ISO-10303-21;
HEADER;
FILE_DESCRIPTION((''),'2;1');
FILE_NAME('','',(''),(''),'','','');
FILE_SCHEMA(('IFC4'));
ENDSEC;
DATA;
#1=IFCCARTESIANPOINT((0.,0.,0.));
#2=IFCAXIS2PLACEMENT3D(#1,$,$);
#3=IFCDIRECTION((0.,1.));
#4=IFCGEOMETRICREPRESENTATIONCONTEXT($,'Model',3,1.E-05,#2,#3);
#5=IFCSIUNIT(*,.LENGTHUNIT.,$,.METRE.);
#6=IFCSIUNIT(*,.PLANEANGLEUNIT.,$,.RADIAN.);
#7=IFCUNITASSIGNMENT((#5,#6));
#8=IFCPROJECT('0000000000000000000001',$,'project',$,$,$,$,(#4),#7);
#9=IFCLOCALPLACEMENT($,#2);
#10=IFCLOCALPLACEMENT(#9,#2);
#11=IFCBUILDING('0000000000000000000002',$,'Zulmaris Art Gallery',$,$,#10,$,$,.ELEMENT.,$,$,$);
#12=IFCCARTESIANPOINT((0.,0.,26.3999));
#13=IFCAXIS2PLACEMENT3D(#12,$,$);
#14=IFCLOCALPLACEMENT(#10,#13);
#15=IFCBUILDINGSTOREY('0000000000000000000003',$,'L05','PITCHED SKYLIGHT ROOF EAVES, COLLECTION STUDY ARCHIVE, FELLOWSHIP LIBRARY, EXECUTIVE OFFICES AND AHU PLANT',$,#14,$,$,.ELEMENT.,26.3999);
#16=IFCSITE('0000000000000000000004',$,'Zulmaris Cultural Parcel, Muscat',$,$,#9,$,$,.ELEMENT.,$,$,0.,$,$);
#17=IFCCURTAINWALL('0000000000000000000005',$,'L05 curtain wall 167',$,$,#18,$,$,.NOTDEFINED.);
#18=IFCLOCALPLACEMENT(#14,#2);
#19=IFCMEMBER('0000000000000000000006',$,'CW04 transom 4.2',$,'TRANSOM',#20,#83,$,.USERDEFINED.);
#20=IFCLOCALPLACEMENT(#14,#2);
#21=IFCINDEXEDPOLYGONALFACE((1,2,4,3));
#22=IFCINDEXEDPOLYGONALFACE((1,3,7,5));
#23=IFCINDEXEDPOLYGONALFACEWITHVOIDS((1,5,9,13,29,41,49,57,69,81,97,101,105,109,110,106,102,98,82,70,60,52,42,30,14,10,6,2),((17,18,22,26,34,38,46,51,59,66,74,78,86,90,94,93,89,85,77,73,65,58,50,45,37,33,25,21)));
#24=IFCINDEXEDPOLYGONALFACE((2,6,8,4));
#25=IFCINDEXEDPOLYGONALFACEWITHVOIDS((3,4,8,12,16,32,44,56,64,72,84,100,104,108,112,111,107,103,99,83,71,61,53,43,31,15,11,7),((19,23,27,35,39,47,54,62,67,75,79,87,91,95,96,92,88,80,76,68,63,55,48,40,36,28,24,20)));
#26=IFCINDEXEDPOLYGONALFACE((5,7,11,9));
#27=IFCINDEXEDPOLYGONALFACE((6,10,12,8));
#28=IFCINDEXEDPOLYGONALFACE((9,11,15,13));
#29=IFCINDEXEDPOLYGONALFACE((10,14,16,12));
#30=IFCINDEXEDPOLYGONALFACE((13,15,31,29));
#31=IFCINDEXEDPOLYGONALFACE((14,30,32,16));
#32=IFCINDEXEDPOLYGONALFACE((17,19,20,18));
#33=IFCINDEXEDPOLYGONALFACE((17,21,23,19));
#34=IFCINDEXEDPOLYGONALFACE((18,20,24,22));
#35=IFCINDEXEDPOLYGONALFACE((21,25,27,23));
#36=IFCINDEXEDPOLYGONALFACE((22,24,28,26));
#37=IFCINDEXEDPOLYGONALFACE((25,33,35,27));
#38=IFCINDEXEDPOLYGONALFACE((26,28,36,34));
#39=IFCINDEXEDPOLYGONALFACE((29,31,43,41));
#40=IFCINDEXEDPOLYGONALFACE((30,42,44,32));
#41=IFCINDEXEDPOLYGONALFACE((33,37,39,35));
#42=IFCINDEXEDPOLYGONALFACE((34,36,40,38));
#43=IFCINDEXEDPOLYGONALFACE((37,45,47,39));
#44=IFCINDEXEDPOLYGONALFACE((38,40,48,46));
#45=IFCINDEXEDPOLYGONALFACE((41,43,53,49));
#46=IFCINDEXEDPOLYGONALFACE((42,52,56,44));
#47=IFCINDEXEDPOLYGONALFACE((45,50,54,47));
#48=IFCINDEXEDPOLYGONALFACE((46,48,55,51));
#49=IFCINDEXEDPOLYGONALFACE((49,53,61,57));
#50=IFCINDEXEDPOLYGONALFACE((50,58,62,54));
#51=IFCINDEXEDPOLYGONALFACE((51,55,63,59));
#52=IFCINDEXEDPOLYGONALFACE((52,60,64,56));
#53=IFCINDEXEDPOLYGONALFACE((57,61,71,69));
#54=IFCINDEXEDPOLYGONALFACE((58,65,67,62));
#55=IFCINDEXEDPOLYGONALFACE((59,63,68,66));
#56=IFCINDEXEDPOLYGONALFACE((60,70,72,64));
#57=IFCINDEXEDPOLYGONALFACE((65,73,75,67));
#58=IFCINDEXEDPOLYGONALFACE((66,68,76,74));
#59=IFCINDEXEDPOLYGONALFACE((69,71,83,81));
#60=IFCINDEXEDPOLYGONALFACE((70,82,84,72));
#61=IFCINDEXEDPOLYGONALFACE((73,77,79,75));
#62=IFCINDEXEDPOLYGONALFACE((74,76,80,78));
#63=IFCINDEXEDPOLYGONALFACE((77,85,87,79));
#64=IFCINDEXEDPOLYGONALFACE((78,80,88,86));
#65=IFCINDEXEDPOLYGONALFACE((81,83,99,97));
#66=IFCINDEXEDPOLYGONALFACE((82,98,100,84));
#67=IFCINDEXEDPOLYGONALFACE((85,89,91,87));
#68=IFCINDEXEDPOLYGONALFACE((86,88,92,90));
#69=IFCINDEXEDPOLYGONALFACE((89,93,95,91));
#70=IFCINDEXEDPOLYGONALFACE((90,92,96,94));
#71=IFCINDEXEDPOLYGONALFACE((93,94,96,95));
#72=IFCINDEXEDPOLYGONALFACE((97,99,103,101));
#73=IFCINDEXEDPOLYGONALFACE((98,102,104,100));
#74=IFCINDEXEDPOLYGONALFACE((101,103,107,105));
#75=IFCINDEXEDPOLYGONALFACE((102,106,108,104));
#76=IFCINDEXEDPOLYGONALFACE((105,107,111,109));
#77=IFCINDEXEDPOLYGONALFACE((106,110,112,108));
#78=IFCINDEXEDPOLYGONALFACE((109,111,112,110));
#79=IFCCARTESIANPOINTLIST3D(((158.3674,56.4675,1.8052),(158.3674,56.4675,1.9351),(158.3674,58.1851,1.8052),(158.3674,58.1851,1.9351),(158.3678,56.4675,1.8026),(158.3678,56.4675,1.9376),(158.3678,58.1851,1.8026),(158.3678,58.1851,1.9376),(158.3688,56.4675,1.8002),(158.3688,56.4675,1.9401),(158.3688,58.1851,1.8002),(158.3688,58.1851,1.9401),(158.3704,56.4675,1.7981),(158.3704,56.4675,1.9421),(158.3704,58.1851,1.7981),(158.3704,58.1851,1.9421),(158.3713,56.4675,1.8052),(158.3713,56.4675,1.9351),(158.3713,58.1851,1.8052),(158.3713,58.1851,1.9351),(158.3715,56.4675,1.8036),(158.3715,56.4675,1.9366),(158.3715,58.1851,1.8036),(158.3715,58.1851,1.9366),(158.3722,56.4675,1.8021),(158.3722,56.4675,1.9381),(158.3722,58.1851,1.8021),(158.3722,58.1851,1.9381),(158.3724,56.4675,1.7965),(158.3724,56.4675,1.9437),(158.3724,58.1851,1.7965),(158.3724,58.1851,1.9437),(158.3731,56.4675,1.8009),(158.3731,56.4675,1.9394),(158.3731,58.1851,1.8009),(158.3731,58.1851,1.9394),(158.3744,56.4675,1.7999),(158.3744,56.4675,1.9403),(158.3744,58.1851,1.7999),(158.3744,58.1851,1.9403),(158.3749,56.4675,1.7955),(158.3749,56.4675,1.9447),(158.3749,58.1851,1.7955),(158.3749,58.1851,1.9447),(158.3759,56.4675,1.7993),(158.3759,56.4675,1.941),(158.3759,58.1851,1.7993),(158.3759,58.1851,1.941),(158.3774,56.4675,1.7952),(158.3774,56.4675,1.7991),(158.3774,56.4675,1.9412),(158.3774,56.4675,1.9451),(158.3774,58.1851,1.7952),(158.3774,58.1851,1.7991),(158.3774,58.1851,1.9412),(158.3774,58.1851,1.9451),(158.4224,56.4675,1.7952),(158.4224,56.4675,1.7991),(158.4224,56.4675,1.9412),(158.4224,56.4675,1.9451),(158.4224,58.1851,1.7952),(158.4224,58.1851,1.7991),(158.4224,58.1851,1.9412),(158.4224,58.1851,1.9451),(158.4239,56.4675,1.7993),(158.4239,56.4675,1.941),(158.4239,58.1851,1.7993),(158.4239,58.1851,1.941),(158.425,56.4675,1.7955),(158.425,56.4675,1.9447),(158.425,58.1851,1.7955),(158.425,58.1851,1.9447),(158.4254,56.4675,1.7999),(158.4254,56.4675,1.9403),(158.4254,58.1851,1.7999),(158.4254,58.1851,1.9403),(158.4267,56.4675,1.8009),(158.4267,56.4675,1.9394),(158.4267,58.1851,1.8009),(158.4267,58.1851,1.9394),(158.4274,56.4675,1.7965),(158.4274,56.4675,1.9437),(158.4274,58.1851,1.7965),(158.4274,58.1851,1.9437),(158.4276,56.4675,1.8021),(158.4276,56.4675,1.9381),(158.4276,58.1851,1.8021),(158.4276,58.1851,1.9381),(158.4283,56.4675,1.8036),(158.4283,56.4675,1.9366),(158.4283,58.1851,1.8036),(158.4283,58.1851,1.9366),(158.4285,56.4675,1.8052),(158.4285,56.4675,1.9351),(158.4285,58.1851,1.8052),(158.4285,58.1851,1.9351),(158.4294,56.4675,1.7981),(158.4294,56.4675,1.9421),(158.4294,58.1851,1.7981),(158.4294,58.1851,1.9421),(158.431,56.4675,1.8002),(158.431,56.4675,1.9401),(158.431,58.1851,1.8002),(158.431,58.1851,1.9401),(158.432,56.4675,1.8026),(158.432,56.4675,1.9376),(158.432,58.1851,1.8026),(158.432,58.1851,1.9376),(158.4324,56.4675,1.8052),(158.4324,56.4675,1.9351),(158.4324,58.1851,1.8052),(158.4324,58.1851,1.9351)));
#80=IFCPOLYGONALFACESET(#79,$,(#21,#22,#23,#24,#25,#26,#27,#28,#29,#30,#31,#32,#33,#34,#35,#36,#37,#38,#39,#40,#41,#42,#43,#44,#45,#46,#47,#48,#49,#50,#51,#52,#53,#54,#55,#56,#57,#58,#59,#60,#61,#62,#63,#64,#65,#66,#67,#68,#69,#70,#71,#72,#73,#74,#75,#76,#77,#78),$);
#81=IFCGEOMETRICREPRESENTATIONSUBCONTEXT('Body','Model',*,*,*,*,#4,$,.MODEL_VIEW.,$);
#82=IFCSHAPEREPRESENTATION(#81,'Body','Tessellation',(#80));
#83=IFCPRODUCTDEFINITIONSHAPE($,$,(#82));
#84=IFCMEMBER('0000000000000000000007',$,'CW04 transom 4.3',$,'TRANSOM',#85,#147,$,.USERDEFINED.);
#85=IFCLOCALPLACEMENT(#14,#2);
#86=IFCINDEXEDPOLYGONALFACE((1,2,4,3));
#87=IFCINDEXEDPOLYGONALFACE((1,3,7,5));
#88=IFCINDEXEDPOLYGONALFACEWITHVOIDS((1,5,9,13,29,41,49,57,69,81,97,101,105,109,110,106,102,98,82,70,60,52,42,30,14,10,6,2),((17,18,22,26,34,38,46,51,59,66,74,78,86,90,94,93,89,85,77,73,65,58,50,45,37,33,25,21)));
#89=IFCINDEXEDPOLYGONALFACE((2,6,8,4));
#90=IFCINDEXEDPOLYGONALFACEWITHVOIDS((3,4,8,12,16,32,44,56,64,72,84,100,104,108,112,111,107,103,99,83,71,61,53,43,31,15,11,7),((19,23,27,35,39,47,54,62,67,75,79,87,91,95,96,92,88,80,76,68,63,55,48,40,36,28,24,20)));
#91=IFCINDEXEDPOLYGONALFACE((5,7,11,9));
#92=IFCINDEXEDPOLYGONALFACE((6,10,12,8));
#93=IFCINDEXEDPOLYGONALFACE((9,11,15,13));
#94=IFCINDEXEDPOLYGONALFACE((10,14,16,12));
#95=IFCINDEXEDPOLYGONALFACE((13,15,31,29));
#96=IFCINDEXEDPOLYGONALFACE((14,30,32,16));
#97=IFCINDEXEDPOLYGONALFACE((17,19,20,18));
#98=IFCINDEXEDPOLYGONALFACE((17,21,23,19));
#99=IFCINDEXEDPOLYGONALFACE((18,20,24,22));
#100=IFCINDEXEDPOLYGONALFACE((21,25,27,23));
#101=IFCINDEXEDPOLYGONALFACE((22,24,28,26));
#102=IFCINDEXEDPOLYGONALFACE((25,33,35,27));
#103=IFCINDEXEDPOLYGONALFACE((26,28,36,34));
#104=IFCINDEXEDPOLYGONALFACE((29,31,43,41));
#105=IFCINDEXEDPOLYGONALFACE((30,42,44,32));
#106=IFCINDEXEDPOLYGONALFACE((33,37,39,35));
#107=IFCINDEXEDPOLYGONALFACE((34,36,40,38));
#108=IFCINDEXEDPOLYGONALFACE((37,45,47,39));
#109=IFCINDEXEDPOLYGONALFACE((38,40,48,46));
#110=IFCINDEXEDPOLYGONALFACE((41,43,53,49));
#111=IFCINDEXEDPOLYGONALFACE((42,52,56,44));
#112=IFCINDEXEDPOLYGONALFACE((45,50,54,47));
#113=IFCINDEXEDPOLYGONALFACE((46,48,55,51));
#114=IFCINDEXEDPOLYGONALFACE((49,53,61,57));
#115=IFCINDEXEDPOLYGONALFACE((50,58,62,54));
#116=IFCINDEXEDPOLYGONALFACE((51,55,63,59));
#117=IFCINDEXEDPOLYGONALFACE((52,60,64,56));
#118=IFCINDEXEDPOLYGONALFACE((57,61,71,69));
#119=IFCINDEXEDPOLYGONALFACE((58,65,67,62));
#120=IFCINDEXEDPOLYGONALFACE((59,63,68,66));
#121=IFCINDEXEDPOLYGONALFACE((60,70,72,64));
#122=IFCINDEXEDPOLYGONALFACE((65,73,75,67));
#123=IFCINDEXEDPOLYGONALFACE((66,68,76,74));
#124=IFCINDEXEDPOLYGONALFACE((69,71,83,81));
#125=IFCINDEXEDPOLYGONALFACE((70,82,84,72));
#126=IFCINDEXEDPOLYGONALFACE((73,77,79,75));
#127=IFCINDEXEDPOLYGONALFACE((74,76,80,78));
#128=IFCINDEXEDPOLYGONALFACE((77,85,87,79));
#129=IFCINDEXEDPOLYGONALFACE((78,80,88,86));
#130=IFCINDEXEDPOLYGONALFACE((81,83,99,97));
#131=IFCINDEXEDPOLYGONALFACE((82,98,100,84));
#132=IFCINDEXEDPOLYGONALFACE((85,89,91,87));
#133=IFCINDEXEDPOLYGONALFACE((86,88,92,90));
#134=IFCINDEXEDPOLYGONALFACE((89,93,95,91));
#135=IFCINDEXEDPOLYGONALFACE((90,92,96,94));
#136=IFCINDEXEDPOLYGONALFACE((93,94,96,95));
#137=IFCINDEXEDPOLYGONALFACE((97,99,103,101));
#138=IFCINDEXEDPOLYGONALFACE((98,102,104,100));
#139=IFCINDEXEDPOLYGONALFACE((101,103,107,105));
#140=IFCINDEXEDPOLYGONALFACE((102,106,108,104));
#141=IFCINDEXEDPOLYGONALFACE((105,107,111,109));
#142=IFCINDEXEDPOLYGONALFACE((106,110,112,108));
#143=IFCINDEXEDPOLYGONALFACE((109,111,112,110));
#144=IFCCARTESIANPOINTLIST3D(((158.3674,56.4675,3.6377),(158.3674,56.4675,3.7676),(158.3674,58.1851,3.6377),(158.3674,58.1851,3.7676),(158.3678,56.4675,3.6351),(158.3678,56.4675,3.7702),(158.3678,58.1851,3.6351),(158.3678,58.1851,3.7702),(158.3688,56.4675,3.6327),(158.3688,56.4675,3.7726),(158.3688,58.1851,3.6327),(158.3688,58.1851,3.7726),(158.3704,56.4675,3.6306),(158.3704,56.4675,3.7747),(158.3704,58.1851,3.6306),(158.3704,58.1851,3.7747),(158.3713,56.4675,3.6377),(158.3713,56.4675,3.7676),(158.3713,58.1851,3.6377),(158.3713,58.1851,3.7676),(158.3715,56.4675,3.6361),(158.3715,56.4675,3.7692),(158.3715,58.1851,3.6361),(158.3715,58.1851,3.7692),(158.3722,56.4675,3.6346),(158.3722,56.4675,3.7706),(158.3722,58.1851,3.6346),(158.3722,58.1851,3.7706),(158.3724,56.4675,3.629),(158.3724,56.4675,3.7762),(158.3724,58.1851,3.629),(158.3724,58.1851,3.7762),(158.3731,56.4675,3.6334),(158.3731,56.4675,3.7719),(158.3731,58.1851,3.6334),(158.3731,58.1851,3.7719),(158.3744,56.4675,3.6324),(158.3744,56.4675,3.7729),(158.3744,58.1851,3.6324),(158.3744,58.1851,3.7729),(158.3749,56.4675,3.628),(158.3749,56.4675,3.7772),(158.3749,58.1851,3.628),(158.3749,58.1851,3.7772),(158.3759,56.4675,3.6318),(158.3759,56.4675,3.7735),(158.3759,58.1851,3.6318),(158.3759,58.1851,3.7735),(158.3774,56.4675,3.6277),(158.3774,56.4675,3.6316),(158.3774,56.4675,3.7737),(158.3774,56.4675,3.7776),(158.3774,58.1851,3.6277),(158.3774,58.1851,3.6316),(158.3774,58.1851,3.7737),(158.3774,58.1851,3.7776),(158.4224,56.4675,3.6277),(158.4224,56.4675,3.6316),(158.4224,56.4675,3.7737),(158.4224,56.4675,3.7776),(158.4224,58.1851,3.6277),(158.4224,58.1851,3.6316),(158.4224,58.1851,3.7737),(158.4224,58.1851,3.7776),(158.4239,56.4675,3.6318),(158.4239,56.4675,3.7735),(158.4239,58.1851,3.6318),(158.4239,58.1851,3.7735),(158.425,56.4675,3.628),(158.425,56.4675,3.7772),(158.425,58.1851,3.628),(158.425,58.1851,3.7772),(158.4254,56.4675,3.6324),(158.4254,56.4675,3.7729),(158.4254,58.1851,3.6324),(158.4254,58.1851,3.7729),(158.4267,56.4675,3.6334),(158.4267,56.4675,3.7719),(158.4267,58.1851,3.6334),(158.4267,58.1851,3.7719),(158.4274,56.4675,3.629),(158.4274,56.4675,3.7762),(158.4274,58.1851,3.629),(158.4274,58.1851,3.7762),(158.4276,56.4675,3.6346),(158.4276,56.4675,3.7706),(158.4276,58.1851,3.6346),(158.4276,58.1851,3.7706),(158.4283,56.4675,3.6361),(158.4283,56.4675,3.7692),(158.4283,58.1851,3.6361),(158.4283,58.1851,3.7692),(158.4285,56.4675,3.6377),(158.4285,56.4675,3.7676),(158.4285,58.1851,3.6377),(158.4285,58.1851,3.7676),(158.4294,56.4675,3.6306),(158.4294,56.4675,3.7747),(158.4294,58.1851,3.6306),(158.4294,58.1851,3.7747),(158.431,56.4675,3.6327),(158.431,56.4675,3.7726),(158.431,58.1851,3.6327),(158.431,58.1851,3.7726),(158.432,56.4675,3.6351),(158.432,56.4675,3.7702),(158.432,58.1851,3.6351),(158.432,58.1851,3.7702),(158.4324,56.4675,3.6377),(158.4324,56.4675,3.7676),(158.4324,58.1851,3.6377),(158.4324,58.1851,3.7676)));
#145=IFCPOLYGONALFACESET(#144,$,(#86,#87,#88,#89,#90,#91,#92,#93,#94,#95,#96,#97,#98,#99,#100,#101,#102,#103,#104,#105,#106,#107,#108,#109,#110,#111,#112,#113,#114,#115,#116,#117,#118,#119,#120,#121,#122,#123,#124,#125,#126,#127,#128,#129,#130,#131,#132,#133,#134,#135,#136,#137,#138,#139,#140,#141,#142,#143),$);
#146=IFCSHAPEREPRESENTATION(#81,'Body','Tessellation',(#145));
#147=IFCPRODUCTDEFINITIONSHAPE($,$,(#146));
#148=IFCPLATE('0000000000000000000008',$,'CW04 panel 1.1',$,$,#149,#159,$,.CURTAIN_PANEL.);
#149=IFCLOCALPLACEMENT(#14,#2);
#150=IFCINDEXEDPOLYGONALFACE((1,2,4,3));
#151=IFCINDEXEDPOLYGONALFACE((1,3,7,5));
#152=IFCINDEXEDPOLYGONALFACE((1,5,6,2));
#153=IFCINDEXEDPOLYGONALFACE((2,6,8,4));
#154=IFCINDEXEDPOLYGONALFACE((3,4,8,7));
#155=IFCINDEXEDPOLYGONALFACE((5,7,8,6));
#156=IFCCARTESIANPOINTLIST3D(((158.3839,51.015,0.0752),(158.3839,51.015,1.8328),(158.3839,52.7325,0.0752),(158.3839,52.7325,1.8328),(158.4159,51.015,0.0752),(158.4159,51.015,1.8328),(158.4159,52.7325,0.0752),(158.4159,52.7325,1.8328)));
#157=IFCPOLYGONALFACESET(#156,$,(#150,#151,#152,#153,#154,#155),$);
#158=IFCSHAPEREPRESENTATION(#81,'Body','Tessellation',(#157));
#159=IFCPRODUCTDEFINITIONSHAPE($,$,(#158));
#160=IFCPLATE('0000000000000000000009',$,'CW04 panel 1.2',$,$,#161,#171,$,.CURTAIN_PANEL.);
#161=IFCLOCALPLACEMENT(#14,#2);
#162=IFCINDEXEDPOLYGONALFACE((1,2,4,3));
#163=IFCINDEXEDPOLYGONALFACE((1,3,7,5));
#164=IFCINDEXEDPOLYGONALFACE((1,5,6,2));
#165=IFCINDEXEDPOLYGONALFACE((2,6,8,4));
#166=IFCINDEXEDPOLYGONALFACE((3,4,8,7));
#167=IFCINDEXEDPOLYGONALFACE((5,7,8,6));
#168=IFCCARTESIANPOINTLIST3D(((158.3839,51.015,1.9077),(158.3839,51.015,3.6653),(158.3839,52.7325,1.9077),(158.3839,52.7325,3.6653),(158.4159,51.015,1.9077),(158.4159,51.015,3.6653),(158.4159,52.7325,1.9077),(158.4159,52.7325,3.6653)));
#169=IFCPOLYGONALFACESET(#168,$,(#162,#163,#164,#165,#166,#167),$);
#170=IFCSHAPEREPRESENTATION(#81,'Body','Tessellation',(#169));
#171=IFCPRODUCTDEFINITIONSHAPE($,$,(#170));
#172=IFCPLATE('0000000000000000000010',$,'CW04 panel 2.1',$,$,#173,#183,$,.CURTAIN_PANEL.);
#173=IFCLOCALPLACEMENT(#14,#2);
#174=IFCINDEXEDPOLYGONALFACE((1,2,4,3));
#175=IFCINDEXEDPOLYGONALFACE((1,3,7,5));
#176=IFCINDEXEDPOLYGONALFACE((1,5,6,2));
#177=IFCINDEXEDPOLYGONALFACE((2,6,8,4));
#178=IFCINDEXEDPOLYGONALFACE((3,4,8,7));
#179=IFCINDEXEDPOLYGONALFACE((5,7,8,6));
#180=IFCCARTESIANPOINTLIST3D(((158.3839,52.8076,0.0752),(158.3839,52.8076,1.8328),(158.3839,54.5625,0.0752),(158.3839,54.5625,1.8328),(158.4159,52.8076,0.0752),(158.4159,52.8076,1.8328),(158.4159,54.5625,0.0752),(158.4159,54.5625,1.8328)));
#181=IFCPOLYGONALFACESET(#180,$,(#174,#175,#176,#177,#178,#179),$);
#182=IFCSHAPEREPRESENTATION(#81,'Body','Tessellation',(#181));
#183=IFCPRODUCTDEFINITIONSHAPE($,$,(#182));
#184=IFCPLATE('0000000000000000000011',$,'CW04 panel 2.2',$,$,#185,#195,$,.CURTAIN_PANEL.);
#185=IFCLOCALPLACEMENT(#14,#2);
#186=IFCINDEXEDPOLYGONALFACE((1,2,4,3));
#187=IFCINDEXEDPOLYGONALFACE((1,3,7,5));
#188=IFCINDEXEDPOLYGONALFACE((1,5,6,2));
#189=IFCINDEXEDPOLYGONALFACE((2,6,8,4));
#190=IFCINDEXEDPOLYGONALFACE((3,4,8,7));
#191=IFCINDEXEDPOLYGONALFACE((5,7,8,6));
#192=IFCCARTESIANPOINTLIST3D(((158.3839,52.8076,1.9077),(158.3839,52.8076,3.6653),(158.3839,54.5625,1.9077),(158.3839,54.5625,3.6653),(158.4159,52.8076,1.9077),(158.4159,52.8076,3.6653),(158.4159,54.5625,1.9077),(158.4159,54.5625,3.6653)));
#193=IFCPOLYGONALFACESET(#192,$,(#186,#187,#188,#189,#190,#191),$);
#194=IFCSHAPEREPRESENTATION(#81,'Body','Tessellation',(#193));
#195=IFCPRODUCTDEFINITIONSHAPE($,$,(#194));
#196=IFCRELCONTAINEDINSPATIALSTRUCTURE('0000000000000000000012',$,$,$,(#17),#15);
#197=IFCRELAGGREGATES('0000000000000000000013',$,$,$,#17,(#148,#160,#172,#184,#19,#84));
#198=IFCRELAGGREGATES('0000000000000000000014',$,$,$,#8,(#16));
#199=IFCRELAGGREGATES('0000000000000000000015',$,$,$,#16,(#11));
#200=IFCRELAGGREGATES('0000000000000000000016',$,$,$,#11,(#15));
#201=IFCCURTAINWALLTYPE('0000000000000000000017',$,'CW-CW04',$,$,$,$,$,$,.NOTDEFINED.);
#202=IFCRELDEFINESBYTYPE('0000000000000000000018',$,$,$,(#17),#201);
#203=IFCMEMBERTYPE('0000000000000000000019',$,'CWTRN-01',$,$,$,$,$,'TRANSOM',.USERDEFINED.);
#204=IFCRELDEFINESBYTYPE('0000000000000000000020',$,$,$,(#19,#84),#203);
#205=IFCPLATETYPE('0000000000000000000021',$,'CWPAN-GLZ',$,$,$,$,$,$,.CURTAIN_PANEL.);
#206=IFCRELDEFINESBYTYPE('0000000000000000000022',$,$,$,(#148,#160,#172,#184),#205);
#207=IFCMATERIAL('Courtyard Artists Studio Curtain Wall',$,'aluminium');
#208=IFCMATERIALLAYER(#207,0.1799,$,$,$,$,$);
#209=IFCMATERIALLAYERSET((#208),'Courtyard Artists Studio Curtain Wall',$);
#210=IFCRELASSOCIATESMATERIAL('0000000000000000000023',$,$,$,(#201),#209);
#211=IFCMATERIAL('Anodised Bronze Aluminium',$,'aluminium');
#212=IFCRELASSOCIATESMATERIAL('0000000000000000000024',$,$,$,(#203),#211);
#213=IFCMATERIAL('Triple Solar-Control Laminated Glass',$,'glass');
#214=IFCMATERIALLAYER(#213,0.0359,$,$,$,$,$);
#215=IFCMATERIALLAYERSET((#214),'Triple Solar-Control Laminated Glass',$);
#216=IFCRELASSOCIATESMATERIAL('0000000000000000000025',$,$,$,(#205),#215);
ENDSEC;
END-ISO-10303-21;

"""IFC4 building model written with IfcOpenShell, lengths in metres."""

from ifc_helpers import new_model, si_unit, direction, frame, origin, origin_2d, place, context, subcontext, project, spatial, rectangle, hollow_rectangle, extrude, material, layer, layer_set, material_profile, profile_set, type_object, element, aggregate, save


model = new_model("IFC4")

# Units and contexts
model_context = context("Model", 3, precision=1e-05, world=origin(), true_north=direction((0.0, 1.0)))
body_context = subcontext(model_context, "Body", "Model", "MODEL_VIEW")
ifc_project = project(units=[si_unit("LENGTHUNIT", "METRE"), si_unit("PLANEANGLEUNIT", "RADIAN")], contexts=[model_context])

# Site, building, storey
site_placement = place(None, origin())
site = spatial("IfcSite", under=ifc_project, at=site_placement, Name="Zulmaris Cultural Parcel, Muscat", CompositionType="ELEMENT", RefElevation=0.0)
building_placement = place(site_placement, origin())
building = spatial("IfcBuilding", under=site, at=building_placement, Name="Zulmaris Art Gallery", CompositionType="ELEMENT")
storey_placement = place(building_placement, frame((0.0, 0.0, 26.3999)))
storey = spatial("IfcBuildingStorey", under=building, at=storey_placement, Name="L05", Description="PITCHED SKYLIGHT ROOF EAVES, COLLECTION STUDY ARCHIVE, FELLOWSHIP LIBRARY, EXECUTIVE OFFICES AND AHU PLANT", CompositionType="ELEMENT", Elevation=26.3999)

# Curtain wall
ifc_material_1 = material(Name="Courtyard Artists Studio Curtain Wall", Category="aluminium")
ifc_layer_1 = layer(ifc_material_1, 0.1799)
ifc_layer_set_1 = layer_set([ifc_layer_1], Name="Courtyard Artists Studio Curtain Wall")
curtain_wall_type = type_object("IfcCurtainWallType", Name="CW-CW04", PredefinedType="NOTDEFINED", material=ifc_layer_set_1)
curtain_wall_1_placement = place(storey_placement, origin())
curtain_wall_1 = element("IfcCurtainWall", 1, at=curtain_wall_1_placement, inside=storey, type_object=curtain_wall_type, Name="L05 curtain wall 167", PredefinedType="NOTDEFINED")
ifc_material_2 = material(Name="Anodised Bronze Aluminium", Category="aluminium")

# Members
ifc_material_profile_1 = material_profile(ifc_material_2, hollow_rectangle(XDim=0.0649, YDim=0.1499, WallThickness=0.0039, InnerFilletRadius=0.0061, OuterFilletRadius=0.01, at=origin_2d()), Name="ALU 65x150x4")
ifc_profile_set_1 = profile_set([ifc_material_profile_1], Name="Anodised Bronze Aluminium")
member_type_1 = type_object("IfcMemberType", Name="CWTRN-01", ElementType="TRANSOM", PredefinedType="USERDEFINED", material=ifc_profile_set_1)
member_1_placement = place(storey_placement, frame((158.3999, 56.4675, 1.8701), z_axis=(0.0, 1.0, 0.0), x_axis=(-1.0, 0.0, 0.0)))
member_1 = element("IfcMember", 2, at=member_1_placement, type_object=member_type_1, Name="CW04 transom 4.2", ObjectType="TRANSOM", PredefinedType="USERDEFINED", context=body_context, shape_type="SweptSolid", body=[
    extrude(hollow_rectangle(XDim=0.0649, YDim=0.1499, WallThickness=0.0039, InnerFilletRadius=0.0061, OuterFilletRadius=0.01, at=origin_2d()), origin(), (0.0, 0.0, 1.0), 1.7175),
])
member_2_placement = place(storey_placement, frame((158.3999, 56.4675, 3.7026), z_axis=(0.0, 1.0, 0.0), x_axis=(-1.0, 0.0, 0.0)))
member_2 = element("IfcMember", 3, at=member_2_placement, type_object=member_type_1, Name="CW04 transom 4.3", ObjectType="TRANSOM", PredefinedType="USERDEFINED", context=body_context, shape_type="SweptSolid", body=[
    extrude(hollow_rectangle(XDim=0.0649, YDim=0.1499, WallThickness=0.0039, InnerFilletRadius=0.0061, OuterFilletRadius=0.01, at=origin_2d()), origin(), (0.0, 0.0, 1.0), 1.7175),
])

# Plates
ifc_material_3 = material(Name="Triple Solar-Control Laminated Glass", Category="glass")
ifc_layer_2 = layer(ifc_material_3, 0.0359)
ifc_layer_set_2 = layer_set([ifc_layer_2], Name="Triple Solar-Control Laminated Glass")
plate_type = type_object("IfcPlateType", Name="CWPAN-GLZ", PredefinedType="CURTAIN_PANEL", material=ifc_layer_set_2)
plate_1_placement = place(storey_placement, frame((158.3999, 51.8738, 0.0752), z_axis=(0.0, 0.0, 1.0), x_axis=(0.0, 1.0, 0.0)))
plate_1 = element("IfcPlate", 4, at=plate_1_placement, type_object=plate_type, Name="CW04 panel 1.1", PredefinedType="CURTAIN_PANEL", context=body_context, shape_type="SweptSolid", body=[
    extrude(rectangle(XDim=1.7175, YDim=0.032, at=origin_2d()), origin(), (0.0, 0.0, 1.0), 1.7576),
])
plate_2_placement = place(storey_placement, frame((158.3999, 51.8738, 1.9077), z_axis=(0.0, 0.0, 1.0), x_axis=(0.0, 1.0, 0.0)))
plate_2 = element("IfcPlate", 5, at=plate_2_placement, type_object=plate_type, Name="CW04 panel 1.2", PredefinedType="CURTAIN_PANEL", context=body_context, shape_type="SweptSolid", body=[
    extrude(rectangle(XDim=1.7175, YDim=0.032, at=origin_2d()), origin(), (0.0, 0.0, 1.0), 1.7576),
])
plate_3_placement = place(storey_placement, frame((158.3999, 53.6851, 0.0752), z_axis=(0.0, 0.0, 1.0), x_axis=(0.0, 1.0, 0.0)))
plate_3 = element("IfcPlate", 6, at=plate_3_placement, type_object=plate_type, Name="CW04 panel 2.1", PredefinedType="CURTAIN_PANEL", context=body_context, shape_type="SweptSolid", body=[
    extrude(rectangle(XDim=1.7549, YDim=0.032, at=origin_2d()), origin(), (0.0, 0.0, 1.0), 1.7576),
])
plate_4_placement = place(storey_placement, frame((158.3999, 53.6851, 1.9077), z_axis=(0.0, 0.0, 1.0), x_axis=(0.0, 1.0, 0.0)))
plate_4 = element("IfcPlate", 7, at=plate_4_placement, type_object=plate_type, Name="CW04 panel 2.2", PredefinedType="CURTAIN_PANEL", context=body_context, shape_type="SweptSolid", body=[
    extrude(rectangle(XDim=1.7549, YDim=0.032, at=origin_2d()), origin(), (0.0, 0.0, 1.0), 1.7576),
])
aggregate(curtain_wall_1, [plate_1, plate_2, plate_3, plate_4, member_1, member_2])

save(model, "model.ifc")
